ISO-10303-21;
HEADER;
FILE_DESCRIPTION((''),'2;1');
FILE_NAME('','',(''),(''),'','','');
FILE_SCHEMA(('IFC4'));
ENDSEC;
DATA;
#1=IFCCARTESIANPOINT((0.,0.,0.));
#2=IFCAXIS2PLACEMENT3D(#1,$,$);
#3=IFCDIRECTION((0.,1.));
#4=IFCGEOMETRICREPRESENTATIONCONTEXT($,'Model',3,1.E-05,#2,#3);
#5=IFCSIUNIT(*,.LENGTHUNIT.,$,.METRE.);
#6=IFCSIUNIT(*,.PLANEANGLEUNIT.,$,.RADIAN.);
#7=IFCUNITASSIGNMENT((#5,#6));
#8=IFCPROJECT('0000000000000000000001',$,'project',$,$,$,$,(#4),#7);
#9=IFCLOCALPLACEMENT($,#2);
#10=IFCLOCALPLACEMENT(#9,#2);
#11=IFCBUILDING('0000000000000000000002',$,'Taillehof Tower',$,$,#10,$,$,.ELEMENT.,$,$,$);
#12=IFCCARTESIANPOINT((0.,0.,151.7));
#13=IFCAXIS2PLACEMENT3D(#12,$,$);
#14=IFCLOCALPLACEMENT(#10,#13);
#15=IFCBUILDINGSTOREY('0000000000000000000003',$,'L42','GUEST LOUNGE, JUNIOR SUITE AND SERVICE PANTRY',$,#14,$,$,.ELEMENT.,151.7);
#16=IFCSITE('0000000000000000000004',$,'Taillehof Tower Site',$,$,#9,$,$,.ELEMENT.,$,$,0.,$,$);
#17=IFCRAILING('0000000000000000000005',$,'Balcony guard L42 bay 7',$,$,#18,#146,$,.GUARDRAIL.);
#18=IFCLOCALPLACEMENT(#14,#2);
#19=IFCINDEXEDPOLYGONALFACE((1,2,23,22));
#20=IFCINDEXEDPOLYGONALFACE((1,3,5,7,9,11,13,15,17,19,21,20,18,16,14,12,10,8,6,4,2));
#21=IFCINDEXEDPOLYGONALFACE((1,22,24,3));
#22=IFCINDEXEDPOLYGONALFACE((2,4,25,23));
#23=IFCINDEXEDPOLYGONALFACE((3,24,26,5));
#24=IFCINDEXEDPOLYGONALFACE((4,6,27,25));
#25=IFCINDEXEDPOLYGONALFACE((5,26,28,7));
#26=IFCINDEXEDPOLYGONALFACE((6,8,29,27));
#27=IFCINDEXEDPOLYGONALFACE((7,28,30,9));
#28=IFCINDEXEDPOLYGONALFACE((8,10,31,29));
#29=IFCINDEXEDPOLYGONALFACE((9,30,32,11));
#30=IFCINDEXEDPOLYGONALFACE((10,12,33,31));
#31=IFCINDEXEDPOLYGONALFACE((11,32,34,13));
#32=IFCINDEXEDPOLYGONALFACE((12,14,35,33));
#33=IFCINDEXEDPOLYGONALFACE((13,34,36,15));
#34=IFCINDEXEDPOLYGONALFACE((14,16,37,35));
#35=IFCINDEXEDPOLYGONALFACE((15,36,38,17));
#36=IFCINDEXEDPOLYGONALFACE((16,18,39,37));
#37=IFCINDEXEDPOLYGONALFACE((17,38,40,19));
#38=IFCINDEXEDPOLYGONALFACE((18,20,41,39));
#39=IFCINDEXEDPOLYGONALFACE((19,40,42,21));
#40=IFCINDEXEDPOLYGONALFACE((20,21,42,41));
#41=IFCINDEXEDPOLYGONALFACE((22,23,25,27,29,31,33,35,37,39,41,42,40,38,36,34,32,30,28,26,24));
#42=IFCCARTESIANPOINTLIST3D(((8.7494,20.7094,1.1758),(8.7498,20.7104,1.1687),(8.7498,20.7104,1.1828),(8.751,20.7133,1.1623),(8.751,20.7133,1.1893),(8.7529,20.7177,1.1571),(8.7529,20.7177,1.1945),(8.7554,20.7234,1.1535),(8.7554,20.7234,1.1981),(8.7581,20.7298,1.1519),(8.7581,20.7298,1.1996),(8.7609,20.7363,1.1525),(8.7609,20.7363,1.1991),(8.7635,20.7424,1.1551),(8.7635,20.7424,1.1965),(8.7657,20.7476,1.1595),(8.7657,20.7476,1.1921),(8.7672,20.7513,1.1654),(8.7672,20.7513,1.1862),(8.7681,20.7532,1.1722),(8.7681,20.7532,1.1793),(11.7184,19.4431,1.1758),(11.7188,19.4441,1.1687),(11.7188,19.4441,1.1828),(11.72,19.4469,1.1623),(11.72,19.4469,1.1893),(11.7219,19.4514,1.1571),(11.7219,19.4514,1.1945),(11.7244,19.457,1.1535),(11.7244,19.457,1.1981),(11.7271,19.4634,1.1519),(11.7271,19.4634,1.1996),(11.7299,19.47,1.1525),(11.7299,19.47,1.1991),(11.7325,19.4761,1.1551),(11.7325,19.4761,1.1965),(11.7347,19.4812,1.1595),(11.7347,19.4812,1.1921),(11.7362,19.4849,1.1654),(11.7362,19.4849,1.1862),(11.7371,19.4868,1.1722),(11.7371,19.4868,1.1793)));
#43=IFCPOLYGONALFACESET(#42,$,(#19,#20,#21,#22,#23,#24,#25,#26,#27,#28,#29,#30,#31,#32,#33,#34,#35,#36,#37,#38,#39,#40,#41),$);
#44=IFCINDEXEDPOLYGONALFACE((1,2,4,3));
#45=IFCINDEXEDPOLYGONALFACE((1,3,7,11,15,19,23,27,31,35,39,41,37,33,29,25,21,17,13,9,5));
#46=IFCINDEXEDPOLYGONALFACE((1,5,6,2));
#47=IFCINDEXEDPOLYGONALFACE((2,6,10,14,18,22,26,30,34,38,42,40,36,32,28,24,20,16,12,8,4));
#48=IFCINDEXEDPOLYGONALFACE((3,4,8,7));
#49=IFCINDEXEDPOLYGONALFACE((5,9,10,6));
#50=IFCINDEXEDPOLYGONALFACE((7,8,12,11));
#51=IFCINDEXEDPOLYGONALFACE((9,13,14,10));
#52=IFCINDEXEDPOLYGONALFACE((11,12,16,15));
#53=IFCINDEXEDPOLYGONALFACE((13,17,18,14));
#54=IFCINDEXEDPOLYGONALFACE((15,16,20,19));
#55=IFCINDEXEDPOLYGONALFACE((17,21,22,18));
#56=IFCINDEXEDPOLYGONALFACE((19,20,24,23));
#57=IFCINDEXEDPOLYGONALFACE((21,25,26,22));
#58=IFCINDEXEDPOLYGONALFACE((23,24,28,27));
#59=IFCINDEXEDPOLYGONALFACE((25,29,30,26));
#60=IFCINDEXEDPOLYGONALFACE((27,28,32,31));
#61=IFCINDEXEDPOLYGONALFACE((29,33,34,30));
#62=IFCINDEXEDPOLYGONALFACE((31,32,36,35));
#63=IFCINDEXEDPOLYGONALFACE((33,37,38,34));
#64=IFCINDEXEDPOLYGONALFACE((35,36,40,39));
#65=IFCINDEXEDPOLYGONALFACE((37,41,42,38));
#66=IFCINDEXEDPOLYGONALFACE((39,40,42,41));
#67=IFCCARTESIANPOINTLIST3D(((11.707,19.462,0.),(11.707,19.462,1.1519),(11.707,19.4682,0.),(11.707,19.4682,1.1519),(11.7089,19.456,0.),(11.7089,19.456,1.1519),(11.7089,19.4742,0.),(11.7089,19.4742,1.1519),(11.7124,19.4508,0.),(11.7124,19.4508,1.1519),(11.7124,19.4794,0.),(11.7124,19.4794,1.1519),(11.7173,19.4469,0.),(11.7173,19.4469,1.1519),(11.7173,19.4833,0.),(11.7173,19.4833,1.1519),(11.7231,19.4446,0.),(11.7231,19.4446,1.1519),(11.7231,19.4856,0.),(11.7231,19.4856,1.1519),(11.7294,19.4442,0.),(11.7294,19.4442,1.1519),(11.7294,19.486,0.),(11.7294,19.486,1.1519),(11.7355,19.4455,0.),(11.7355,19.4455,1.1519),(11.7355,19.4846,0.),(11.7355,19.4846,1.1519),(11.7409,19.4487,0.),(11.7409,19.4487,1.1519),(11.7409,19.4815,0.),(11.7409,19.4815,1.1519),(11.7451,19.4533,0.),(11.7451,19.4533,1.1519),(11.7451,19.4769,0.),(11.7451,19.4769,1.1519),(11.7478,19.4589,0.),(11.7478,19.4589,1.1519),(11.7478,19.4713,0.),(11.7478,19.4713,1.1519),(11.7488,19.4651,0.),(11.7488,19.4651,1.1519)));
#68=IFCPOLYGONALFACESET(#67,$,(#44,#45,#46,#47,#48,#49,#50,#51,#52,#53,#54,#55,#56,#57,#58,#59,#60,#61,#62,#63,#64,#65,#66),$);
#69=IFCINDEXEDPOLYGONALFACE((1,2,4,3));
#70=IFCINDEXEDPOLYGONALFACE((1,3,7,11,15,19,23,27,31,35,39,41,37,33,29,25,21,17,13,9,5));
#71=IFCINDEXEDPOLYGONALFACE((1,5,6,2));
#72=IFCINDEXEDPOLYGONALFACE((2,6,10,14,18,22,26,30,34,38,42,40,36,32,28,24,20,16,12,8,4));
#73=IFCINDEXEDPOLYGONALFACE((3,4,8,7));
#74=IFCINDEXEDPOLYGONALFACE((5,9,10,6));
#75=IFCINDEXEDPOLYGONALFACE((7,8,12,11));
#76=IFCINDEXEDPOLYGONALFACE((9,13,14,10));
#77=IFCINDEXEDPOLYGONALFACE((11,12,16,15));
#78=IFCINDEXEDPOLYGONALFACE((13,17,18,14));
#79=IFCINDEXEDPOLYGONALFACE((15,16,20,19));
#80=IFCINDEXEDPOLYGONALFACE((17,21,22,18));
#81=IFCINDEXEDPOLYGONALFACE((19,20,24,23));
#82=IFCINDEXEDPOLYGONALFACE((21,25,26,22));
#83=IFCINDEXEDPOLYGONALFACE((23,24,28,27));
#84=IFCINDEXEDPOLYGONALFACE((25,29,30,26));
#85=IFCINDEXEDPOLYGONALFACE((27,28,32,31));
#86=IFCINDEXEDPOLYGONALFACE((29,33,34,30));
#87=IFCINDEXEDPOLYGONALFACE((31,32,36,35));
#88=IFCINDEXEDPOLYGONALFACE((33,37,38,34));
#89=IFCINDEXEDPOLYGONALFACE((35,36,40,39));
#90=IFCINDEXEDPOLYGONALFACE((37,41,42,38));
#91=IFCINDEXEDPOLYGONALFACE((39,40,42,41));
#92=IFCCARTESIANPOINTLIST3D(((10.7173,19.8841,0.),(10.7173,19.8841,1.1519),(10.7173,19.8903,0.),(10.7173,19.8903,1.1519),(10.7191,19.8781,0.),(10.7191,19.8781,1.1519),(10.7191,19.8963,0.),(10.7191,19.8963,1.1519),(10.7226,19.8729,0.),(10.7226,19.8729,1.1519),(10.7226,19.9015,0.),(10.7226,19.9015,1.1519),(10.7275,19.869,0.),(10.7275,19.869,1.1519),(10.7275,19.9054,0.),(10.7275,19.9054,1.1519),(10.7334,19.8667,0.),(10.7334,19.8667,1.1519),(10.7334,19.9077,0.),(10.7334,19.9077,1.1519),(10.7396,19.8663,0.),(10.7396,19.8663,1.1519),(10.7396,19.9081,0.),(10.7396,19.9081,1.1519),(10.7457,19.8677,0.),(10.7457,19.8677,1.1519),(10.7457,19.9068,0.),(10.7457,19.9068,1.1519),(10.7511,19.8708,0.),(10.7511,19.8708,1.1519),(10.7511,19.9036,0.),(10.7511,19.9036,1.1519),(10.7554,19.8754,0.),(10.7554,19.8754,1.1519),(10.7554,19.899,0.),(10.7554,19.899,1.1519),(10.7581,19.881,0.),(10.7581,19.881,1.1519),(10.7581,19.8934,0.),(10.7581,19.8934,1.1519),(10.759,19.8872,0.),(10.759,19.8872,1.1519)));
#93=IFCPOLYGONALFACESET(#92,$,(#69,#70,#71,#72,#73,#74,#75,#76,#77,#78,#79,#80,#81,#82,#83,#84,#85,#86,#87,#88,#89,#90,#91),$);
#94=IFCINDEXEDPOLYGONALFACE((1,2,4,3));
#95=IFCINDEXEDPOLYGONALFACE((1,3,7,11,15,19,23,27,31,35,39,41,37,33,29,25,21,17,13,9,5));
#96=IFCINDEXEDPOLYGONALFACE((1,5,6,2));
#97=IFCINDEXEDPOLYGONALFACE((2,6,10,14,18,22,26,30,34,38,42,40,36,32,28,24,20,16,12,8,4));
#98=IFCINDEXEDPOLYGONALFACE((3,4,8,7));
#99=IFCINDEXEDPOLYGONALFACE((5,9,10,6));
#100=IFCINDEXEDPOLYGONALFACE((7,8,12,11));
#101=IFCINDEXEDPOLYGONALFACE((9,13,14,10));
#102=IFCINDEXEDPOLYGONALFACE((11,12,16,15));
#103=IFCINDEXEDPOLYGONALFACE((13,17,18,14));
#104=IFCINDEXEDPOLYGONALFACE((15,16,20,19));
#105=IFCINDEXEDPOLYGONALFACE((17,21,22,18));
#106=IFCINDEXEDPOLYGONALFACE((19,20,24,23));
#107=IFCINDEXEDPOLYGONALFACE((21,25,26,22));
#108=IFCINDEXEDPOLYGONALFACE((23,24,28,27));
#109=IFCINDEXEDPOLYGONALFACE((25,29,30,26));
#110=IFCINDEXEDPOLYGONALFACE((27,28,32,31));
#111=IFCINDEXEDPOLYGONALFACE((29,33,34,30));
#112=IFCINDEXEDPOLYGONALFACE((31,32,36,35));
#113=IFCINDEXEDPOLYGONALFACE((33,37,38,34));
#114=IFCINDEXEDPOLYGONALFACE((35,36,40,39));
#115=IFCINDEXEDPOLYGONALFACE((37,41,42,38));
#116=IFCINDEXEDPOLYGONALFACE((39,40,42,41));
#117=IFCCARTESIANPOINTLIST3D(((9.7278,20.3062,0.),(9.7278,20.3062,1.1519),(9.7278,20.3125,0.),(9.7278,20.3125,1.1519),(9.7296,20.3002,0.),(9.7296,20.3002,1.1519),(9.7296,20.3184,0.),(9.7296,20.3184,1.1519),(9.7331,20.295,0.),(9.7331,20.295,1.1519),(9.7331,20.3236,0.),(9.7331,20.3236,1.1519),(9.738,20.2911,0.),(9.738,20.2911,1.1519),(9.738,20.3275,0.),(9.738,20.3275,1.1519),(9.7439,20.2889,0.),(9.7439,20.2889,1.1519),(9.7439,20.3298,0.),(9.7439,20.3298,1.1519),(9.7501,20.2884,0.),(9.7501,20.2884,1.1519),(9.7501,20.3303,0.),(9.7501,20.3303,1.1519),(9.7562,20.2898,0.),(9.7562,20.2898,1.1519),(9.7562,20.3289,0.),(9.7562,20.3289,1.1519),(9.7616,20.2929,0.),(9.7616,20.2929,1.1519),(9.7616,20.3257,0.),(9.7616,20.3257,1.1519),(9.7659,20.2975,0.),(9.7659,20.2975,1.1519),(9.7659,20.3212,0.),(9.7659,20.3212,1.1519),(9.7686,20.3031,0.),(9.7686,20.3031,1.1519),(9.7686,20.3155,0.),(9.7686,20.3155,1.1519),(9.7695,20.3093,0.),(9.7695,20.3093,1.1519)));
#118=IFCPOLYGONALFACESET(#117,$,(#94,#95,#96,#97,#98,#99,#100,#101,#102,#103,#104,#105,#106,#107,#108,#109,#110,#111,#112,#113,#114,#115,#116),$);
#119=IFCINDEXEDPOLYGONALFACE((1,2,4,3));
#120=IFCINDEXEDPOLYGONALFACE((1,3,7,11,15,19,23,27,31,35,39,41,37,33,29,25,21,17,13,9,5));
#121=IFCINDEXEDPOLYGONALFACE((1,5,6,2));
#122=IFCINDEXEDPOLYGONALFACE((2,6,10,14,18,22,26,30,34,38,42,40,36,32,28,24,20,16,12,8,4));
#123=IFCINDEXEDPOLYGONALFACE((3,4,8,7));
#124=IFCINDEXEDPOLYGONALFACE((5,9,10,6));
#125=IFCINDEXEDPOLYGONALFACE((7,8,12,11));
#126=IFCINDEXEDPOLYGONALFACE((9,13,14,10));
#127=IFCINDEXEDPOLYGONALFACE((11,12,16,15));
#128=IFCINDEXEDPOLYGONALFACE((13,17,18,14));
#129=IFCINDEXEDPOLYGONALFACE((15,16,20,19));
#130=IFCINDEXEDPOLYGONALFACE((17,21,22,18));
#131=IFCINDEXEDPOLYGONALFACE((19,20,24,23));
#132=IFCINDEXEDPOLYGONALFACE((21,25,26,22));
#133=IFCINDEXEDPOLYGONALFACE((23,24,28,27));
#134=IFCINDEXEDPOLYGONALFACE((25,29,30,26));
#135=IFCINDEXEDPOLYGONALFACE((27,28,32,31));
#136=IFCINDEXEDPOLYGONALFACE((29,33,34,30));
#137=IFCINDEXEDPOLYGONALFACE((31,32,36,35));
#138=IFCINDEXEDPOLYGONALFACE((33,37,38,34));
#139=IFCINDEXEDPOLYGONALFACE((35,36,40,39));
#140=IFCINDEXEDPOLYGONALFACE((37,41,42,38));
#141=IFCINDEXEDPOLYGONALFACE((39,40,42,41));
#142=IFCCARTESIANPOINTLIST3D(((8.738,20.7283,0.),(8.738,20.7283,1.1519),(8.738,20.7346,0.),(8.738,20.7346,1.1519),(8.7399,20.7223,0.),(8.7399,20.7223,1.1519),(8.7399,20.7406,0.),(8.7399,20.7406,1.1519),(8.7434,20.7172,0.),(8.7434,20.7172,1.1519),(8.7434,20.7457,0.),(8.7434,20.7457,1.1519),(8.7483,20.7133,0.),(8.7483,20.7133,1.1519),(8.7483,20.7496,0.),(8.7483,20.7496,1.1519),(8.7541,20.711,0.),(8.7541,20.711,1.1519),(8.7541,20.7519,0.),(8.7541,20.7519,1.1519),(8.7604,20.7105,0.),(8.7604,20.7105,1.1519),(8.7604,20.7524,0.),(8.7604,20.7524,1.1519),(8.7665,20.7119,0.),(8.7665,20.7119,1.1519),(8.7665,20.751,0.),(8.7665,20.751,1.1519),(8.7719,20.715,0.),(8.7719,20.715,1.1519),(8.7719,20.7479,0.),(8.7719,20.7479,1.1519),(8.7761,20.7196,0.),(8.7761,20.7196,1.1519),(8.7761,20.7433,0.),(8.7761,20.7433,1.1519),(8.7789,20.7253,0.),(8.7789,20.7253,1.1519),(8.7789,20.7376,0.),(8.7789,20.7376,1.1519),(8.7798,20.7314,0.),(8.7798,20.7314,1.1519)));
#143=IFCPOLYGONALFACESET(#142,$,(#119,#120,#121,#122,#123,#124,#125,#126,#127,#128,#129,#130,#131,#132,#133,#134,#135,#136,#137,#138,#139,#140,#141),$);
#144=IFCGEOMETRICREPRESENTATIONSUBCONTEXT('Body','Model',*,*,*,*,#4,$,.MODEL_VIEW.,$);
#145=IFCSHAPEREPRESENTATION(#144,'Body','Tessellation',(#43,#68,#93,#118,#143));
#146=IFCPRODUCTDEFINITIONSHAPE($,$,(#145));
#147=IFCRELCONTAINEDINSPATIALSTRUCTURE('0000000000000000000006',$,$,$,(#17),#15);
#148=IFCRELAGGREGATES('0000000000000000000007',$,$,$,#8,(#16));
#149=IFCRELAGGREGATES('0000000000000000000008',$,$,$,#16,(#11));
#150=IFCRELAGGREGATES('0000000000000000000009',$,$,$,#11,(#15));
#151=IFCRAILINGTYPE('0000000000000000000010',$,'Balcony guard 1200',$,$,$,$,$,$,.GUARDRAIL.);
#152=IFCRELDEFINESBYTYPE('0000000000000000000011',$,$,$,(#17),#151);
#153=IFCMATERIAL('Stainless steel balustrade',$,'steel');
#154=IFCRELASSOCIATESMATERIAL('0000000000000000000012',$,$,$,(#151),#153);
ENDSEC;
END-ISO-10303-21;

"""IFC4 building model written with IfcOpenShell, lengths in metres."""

from ifc_helpers import new_model, si_unit, direction, frame, origin, origin_2d, place, context, subcontext, project, spatial, circle, extrude, material, type_object, element, save


model = new_model("IFC4")

# Units and contexts
model_context = context("Model", 3, precision=1e-05, world=origin(), true_north=direction((0.0, 1.0)))
body_context = subcontext(model_context, "Body", "Model", "MODEL_VIEW")
ifc_project = project(units=[si_unit("LENGTHUNIT", "METRE"), si_unit("PLANEANGLEUNIT", "RADIAN")], contexts=[model_context])

# Site, building, storey
site_placement = place(None, origin())
site = spatial("IfcSite", under=ifc_project, at=site_placement, Name="Taillehof Tower Site", CompositionType="ELEMENT", RefElevation=0.0)
building_placement = place(site_placement, origin())
building = spatial("IfcBuilding", under=site, at=building_placement, Name="Taillehof Tower", CompositionType="ELEMENT")
storey_placement = place(building_placement, frame((0.0, 0.0, 151.7)))
storey = spatial("IfcBuildingStorey", under=building, at=storey_placement, Name="L42", Description="GUEST LOUNGE, JUNIOR SUITE AND SERVICE PANTRY", CompositionType="ELEMENT", Elevation=151.7)

# Railing
ifc_material_1 = material(Name="Stainless steel balustrade", Category="steel")
railing_type = type_object("IfcRailingType", Name="Balcony guard 1200", PredefinedType="GUARDRAIL", material=ifc_material_1)
railing_1_placement = place(storey_placement, frame((11.7278, 19.4651, 0.0)))
element("IfcRailing", 1, at=railing_1_placement, inside=storey, type_object=railing_type, Name="Balcony guard L42 bay 7", PredefinedType="GUARDRAIL", context=body_context, shape_type="SweptSolid", body=[
    extrude(circle(Radius=0.0239, at=origin_2d()), frame((0.0, 0.0, 1.1758), z_axis=(-0.919824, 0.39233, 0.0), x_axis=(-0.39233, -0.919824, 0.0)), (0.0, 0.0, 1.0), 3.2278),
    extrude(circle(Radius=0.021, at=origin_2d()), origin(), (0.0, 0.0, 1.0), 1.1519),
    extrude(circle(Radius=0.021, at=origin_2d()), frame((-0.9897, 0.4221, 0.0)), (0.0, 0.0, 1.0), 1.1519),
    extrude(circle(Radius=0.021, at=origin_2d()), frame((-1.9792, 0.8442, 0.0)), (0.0, 0.0, 1.0), 1.1519),
    extrude(circle(Radius=0.021, at=origin_2d()), frame((-2.969, 1.2664, 0.0)), (0.0, 0.0, 1.0), 1.1519),
])

save(model, "model.ifc")
